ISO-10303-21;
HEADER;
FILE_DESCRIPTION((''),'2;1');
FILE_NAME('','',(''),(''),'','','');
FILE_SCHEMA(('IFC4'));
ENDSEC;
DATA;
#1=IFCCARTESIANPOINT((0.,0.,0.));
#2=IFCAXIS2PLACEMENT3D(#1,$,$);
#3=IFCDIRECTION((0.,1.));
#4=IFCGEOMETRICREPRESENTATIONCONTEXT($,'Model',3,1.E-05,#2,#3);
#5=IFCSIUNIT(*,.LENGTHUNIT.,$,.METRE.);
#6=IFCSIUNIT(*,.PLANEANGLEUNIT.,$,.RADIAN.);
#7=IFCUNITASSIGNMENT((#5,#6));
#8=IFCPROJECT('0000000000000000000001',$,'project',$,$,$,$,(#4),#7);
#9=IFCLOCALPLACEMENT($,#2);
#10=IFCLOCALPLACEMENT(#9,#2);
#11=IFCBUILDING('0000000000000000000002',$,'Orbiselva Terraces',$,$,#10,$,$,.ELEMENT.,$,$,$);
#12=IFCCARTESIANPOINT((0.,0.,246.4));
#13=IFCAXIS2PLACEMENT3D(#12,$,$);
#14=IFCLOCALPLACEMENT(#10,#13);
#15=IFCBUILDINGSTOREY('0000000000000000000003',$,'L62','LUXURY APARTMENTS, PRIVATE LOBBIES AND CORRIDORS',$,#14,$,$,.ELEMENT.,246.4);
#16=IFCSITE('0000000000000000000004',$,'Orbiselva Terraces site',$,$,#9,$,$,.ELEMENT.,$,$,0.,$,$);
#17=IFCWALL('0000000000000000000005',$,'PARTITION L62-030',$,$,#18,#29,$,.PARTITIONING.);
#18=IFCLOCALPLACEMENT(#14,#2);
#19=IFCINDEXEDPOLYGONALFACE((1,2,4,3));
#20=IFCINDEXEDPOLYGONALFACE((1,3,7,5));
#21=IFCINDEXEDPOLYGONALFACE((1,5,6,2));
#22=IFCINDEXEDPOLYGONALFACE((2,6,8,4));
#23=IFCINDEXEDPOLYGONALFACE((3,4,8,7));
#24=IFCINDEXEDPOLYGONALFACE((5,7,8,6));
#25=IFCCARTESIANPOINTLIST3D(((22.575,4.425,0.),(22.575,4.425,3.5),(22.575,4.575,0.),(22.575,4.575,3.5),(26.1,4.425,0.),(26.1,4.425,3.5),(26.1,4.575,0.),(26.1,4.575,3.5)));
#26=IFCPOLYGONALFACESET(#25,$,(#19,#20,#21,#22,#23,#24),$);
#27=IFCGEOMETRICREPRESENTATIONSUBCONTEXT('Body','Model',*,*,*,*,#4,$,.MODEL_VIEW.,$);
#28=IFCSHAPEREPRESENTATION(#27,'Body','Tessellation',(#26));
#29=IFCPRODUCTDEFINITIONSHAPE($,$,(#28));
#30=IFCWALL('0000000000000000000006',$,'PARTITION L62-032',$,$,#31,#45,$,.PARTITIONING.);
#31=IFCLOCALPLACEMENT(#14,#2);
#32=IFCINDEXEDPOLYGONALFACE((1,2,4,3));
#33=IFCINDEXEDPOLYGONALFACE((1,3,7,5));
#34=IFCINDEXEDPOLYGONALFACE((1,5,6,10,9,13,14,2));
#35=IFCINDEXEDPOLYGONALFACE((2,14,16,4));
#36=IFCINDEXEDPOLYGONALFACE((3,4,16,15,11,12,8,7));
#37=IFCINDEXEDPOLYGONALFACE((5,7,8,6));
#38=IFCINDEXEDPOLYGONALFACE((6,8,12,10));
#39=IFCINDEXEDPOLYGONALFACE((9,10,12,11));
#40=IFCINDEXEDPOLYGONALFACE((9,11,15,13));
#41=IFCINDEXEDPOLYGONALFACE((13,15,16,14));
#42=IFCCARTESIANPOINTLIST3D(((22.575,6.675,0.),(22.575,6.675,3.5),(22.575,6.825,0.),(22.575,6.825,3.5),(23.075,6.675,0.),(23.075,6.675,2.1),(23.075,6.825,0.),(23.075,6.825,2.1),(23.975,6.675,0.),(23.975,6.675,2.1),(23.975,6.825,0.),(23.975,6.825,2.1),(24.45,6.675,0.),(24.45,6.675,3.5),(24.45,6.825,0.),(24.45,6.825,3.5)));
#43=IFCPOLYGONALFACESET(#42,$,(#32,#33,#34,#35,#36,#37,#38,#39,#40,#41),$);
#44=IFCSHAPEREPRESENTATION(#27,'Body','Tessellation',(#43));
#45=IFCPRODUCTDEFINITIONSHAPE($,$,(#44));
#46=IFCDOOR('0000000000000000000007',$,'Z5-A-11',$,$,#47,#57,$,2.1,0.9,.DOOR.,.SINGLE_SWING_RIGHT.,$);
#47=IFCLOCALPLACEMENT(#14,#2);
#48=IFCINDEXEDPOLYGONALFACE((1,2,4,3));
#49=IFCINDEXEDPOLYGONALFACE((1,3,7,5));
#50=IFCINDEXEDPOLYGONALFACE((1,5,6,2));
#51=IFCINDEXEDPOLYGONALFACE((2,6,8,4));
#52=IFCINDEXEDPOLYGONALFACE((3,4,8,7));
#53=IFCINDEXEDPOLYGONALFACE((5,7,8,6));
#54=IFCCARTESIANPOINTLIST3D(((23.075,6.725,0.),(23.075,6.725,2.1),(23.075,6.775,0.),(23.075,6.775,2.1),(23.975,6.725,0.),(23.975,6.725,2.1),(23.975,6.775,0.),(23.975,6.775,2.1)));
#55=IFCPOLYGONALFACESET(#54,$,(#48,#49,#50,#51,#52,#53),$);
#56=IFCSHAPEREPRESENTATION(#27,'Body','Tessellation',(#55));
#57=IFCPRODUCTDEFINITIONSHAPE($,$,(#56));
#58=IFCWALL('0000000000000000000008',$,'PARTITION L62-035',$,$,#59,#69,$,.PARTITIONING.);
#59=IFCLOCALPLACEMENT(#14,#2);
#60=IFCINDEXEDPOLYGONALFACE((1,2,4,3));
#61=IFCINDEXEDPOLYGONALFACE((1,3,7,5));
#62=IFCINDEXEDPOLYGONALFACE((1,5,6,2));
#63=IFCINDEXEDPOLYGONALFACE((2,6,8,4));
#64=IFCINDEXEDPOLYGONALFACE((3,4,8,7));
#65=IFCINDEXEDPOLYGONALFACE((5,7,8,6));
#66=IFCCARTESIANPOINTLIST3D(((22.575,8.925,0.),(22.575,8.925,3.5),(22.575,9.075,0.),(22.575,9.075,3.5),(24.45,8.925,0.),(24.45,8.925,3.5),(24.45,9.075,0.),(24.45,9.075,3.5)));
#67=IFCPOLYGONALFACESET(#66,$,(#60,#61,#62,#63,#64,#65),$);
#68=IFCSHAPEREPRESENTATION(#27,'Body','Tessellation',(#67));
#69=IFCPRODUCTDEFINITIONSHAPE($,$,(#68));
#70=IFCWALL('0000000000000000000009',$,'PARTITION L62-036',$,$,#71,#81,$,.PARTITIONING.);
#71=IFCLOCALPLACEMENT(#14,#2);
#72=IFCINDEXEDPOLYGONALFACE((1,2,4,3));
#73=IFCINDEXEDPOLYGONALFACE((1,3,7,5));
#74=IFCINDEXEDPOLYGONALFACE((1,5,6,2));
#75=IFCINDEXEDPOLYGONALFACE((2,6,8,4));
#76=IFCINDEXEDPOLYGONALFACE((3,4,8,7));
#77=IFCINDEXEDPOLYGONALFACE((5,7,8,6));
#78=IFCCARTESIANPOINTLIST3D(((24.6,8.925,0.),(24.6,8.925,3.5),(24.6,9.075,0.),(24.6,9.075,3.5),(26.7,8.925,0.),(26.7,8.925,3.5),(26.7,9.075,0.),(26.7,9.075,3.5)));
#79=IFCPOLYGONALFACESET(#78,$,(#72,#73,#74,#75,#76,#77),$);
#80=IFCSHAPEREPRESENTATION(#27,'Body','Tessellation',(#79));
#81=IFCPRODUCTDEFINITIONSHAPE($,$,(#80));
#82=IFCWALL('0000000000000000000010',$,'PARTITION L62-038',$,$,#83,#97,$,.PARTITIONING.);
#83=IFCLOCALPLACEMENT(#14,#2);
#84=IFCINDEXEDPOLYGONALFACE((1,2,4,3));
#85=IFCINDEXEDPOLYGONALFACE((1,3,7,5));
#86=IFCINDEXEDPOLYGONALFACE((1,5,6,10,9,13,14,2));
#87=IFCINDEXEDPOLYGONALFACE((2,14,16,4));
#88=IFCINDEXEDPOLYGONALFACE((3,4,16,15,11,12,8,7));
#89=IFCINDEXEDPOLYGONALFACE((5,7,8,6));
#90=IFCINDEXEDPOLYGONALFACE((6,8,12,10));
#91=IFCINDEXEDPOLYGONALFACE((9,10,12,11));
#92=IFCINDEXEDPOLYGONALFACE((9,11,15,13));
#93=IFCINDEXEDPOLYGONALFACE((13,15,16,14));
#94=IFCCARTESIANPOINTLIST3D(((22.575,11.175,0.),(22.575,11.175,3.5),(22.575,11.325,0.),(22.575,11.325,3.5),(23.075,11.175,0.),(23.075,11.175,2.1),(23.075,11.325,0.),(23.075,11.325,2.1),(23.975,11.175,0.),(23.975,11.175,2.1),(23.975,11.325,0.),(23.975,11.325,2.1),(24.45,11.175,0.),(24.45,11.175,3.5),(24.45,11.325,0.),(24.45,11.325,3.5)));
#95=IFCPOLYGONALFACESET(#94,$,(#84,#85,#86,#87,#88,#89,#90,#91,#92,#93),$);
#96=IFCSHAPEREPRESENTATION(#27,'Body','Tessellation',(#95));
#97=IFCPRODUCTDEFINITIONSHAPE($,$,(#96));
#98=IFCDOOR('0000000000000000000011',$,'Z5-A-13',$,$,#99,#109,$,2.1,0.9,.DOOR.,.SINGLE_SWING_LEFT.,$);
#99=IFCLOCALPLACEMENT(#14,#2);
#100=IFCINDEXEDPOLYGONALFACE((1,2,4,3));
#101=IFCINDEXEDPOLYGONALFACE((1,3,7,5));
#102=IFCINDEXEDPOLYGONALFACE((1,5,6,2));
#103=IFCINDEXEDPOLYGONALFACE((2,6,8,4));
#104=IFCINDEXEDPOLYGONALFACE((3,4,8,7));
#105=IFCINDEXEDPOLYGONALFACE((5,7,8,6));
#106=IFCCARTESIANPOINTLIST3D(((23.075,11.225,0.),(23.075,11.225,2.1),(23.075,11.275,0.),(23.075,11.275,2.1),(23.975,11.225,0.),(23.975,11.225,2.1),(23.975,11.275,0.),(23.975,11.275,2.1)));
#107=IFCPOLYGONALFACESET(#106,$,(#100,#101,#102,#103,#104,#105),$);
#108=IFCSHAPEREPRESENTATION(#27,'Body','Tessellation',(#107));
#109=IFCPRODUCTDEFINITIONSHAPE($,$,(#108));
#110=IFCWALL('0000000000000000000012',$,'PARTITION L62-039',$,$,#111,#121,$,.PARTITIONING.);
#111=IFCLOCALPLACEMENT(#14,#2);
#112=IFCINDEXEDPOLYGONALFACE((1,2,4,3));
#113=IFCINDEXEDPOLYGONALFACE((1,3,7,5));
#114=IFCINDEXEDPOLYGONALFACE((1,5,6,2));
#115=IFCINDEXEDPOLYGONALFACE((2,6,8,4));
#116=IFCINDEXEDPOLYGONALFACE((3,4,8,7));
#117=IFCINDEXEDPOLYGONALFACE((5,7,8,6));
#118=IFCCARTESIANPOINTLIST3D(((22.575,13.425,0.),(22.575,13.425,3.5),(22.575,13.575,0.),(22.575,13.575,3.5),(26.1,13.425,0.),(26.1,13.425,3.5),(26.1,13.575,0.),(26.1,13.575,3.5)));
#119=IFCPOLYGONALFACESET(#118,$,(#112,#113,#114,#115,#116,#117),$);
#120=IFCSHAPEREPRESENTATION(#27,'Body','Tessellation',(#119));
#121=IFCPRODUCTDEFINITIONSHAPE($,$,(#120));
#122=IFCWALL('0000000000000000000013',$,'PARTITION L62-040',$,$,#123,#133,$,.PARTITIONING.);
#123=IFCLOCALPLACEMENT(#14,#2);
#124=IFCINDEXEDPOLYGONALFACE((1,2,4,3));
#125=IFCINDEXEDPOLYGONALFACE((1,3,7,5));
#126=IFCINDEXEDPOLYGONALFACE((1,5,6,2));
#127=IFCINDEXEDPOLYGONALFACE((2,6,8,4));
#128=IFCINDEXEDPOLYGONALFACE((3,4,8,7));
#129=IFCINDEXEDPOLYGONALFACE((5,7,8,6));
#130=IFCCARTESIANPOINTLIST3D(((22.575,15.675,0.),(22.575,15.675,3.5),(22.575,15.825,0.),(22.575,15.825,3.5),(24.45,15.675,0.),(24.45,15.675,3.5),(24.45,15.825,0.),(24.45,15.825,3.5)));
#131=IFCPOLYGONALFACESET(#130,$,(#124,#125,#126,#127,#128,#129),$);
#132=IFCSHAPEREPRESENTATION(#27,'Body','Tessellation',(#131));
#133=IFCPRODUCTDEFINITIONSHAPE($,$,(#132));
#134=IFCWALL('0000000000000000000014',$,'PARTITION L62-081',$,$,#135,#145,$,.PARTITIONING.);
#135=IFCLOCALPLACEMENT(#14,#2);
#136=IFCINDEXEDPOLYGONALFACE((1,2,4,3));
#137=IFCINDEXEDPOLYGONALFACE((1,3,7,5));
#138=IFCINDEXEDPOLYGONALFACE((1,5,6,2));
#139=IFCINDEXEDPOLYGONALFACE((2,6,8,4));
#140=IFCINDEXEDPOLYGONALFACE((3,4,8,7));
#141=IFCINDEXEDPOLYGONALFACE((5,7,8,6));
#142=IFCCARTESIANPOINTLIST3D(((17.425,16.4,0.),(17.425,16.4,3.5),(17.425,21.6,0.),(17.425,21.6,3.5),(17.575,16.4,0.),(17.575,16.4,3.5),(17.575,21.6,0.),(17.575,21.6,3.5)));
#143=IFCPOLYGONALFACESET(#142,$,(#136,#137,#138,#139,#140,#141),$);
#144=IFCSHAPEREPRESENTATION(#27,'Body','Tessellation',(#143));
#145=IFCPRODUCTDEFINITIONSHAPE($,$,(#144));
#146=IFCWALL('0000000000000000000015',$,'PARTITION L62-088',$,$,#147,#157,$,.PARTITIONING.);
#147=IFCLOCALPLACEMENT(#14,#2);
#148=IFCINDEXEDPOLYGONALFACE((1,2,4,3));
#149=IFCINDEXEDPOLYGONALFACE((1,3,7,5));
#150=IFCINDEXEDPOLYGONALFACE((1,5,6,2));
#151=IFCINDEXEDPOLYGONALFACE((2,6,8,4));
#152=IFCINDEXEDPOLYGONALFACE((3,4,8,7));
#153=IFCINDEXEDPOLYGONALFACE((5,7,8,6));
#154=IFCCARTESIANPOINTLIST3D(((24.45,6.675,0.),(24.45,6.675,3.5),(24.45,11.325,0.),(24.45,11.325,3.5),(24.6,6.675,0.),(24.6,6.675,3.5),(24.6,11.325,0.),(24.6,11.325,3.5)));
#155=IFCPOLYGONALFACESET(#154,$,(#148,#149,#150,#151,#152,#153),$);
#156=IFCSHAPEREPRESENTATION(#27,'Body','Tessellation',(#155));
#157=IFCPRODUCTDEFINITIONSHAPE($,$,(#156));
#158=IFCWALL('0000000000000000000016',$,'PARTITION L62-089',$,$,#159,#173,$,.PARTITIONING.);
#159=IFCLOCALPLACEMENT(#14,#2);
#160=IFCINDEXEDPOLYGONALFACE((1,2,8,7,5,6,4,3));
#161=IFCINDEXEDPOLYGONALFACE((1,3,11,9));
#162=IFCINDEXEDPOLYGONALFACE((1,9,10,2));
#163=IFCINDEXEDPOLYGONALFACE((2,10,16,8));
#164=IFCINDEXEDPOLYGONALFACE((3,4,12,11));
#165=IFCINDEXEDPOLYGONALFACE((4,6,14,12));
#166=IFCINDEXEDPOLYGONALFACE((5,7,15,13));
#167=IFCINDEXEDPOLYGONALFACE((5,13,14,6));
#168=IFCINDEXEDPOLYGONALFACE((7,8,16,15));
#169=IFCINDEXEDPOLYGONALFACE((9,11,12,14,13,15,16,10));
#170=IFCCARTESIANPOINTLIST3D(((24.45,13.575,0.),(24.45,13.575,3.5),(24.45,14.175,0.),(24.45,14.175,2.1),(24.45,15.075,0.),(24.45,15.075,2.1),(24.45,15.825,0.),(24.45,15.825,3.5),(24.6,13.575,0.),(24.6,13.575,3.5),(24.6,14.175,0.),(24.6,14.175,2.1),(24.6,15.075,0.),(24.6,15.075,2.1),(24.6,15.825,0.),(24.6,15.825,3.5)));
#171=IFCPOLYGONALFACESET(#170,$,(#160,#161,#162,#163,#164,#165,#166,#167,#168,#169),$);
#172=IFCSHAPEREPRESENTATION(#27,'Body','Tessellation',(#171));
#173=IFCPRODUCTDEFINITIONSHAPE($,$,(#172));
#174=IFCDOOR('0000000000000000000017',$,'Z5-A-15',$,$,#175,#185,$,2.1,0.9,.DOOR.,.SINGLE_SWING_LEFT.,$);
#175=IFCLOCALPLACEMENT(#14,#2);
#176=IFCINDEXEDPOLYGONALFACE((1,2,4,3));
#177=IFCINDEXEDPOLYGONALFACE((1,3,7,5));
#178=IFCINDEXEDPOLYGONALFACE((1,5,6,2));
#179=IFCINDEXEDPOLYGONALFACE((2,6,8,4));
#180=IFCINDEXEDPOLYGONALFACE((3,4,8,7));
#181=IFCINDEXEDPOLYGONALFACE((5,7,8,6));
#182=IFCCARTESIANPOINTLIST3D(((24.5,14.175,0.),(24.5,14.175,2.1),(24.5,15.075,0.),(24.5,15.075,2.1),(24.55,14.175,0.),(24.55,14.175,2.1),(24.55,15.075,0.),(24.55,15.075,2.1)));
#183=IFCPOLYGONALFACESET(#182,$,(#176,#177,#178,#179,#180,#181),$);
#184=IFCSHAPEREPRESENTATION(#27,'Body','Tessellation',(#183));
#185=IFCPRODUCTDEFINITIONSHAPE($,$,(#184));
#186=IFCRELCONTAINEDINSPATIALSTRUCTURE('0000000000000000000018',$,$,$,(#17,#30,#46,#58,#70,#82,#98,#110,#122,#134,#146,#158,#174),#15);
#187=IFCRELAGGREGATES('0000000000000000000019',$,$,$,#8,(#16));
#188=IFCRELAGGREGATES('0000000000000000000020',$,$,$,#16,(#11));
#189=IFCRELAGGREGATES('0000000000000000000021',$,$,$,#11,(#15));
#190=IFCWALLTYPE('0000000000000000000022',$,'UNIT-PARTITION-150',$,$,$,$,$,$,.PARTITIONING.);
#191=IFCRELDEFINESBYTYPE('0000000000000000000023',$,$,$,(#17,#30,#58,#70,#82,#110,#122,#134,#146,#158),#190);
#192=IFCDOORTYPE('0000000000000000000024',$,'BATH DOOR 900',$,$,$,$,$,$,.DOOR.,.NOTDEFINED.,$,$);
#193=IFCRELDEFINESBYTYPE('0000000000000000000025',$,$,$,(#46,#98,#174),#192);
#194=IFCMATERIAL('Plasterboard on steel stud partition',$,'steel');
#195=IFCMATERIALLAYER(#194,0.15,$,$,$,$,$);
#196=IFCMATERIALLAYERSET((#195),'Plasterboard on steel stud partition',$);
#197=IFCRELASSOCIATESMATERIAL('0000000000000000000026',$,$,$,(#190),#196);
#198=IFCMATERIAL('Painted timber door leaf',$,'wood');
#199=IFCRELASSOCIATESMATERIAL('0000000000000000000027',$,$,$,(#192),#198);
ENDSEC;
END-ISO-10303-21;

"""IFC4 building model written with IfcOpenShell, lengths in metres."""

from ifc_helpers import new_model, si_unit, direction, frame, frame_2d, origin, place, context, subcontext, project, spatial, rectangle, extrude, material, layer, layer_set, type_object, element, fill, save


model = new_model("IFC4")

# Units and contexts
model_context = context("Model", 3, precision=1e-05, world=origin(), true_north=direction((0.0, 1.0)))
body_context = subcontext(model_context, "Body", "Model", "MODEL_VIEW")
ifc_project = project(units=[si_unit("LENGTHUNIT", "METRE"), si_unit("PLANEANGLEUNIT", "RADIAN")], contexts=[model_context])

# Site, building, storey
site_placement = place(None, origin())
site = spatial("IfcSite", under=ifc_project, at=site_placement, Name="Orbiselva Terraces site", CompositionType="ELEMENT", RefElevation=0.0)
building_placement = place(site_placement, origin())
building = spatial("IfcBuilding", under=site, at=building_placement, Name="Orbiselva Terraces", CompositionType="ELEMENT")
storey_placement = place(building_placement, frame((0.0, 0.0, 246.4)))
storey = spatial("IfcBuildingStorey", under=building, at=storey_placement, Name="L62", Description="LUXURY APARTMENTS, PRIVATE LOBBIES AND CORRIDORS", CompositionType="ELEMENT", Elevation=246.4)

# Shared definitions
ifc_material_1 = material(Name="Plasterboard on steel stud partition", Category="steel")
ifc_material_2 = material(Name="Painted timber door leaf", Category="wood")

# Wall
ifc_layer_1 = layer(ifc_material_1, 0.15)
ifc_layer_set_1 = layer_set([ifc_layer_1], Name="Plasterboard on steel stud partition")
wall_type_1 = type_object("IfcWallType", Name="UNIT-PARTITION-150", PredefinedType="PARTITIONING", material=ifc_layer_set_1)
wall_1_placement = place(storey_placement, frame((22.575, 4.5, 0.0), z_axis=(0.0, 0.0, 1.0), x_axis=(1.0, 0.0, 0.0)))
element("IfcWall", 1, at=wall_1_placement, inside=storey, type_object=wall_type_1, Name="PARTITION L62-030", PredefinedType="PARTITIONING", context=body_context, shape_type="SweptSolid", body=[
    extrude(rectangle(XDim=3.525, YDim=0.15, at=frame_2d((1.7625, 0.0))), origin(), (0.0, 0.0, 1.0), 3.5),
])

# Wall, opening, door
wall_2_placement = place(storey_placement, frame((22.575, 6.75, 0.0), z_axis=(0.0, 0.0, 1.0), x_axis=(1.0, 0.0, 0.0)))
wall_2 = element("IfcWall", 2, at=wall_2_placement, inside=storey, type_object=wall_type_1, Name="PARTITION L62-032", PredefinedType="PARTITIONING", context=body_context, shape_type="SweptSolid", body=[
    extrude(rectangle(XDim=1.875, YDim=0.15, at=frame_2d((0.9375, 0.0))), origin(), (0.0, 0.0, 1.0), 3.5),
])
opening_1_placement = place(wall_2_placement, frame((0.5, 0.0, 0.0)))
opening_1 = element("IfcOpeningElement", 3, at=opening_1_placement, cuts=wall_2, PredefinedType="OPENING", context=body_context, shape_type="SweptSolid", body=[
    extrude(rectangle(XDim=0.9, YDim=2.1, at=frame_2d((0.45, 1.05))), frame((0.0, 0.085, 0.0), z_axis=(0.0, -1.0, 0.0), x_axis=(1.0, 0.0, 0.0)), (0.0, 0.0, 1.0), 0.17),
])
door_type_1 = type_object("IfcDoorType", Name="BATH DOOR 900", OperationType="NOTDEFINED", PredefinedType="DOOR", material=ifc_material_2)
door_1_placement = place(opening_1_placement, origin())
door_1 = element("IfcDoor", 4, at=door_1_placement, inside=storey, type_object=door_type_1, Name="Z5-A-11", OperationType="SINGLE_SWING_RIGHT", OverallHeight=2.1, OverallWidth=0.9, PredefinedType="DOOR", context=body_context, shape_type="SweptSolid", body=[
    extrude(rectangle(XDim=0.9, YDim=2.1, at=frame_2d((0.45, 1.05))), frame((0.0, 0.025, 0.0), z_axis=(0.0, -1.0, 0.0), x_axis=(1.0, 0.0, 0.0)), (0.0, 0.0, 1.0), 0.05),
])
fill(opening_1, door_1)

# Walls
wall_3_placement = place(storey_placement, frame((22.575, 9.0, 0.0), z_axis=(0.0, 0.0, 1.0), x_axis=(1.0, 0.0, 0.0)))
element("IfcWall", 5, at=wall_3_placement, inside=storey, type_object=wall_type_1, Name="PARTITION L62-035", PredefinedType="PARTITIONING", context=body_context, shape_type="SweptSolid", body=[
    extrude(rectangle(XDim=1.875, YDim=0.15, at=frame_2d((0.9375, 0.0))), origin(), (0.0, 0.0, 1.0), 3.5),
])
wall_4_placement = place(storey_placement, frame((24.6, 9.0, 0.0), z_axis=(0.0, 0.0, 1.0), x_axis=(1.0, 0.0, 0.0)))
element("IfcWall", 6, at=wall_4_placement, inside=storey, type_object=wall_type_1, Name="PARTITION L62-036", PredefinedType="PARTITIONING", context=body_context, shape_type="SweptSolid", body=[
    extrude(rectangle(XDim=2.1, YDim=0.15, at=frame_2d((1.05, 0.0))), origin(), (0.0, 0.0, 1.0), 3.5),
])

# Wall, opening, door
wall_5_placement = place(storey_placement, frame((24.45, 11.25, 0.0), z_axis=(0.0, 0.0, 1.0), x_axis=(-1.0, 0.0, 0.0)))
wall_5 = element("IfcWall", 7, at=wall_5_placement, inside=storey, type_object=wall_type_1, Name="PARTITION L62-038", PredefinedType="PARTITIONING", context=body_context, shape_type="SweptSolid", body=[
    extrude(rectangle(XDim=1.875, YDim=0.15, at=frame_2d((0.9375, 0.0))), origin(), (0.0, 0.0, 1.0), 3.5),
])
opening_2_placement = place(wall_5_placement, frame((0.475, 0.0, 0.0)))
opening_2 = element("IfcOpeningElement", 8, at=opening_2_placement, cuts=wall_5, PredefinedType="OPENING", context=body_context, shape_type="SweptSolid", body=[
    extrude(rectangle(XDim=0.9, YDim=2.1, at=frame_2d((0.45, 1.05))), frame((0.0, 0.085, 0.0), z_axis=(0.0, -1.0, 0.0), x_axis=(1.0, 0.0, 0.0)), (0.0, 0.0, 1.0), 0.17),
])
door_2_placement = place(opening_2_placement, origin())
door_2 = element("IfcDoor", 9, at=door_2_placement, inside=storey, type_object=door_type_1, Name="Z5-A-13", OperationType="SINGLE_SWING_LEFT", OverallHeight=2.1, OverallWidth=0.9, PredefinedType="DOOR", context=body_context, shape_type="SweptSolid", body=[
    extrude(rectangle(XDim=0.9, YDim=2.1, at=frame_2d((0.45, 1.05))), frame((0.0, 0.025, 0.0), z_axis=(0.0, -1.0, 0.0), x_axis=(1.0, 0.0, 0.0)), (0.0, 0.0, 1.0), 0.05),
])
fill(opening_2, door_2)

# Walls
wall_6_placement = place(storey_placement, frame((22.575, 13.5, 0.0), z_axis=(0.0, 0.0, 1.0), x_axis=(1.0, 0.0, 0.0)))
element("IfcWall", 10, at=wall_6_placement, inside=storey, type_object=wall_type_1, Name="PARTITION L62-039", PredefinedType="PARTITIONING", context=body_context, shape_type="SweptSolid", body=[
    extrude(rectangle(XDim=3.525, YDim=0.15, at=frame_2d((1.7625, 0.0))), origin(), (0.0, 0.0, 1.0), 3.5),
])
wall_7_placement = place(storey_placement, frame((22.575, 15.75, 0.0), z_axis=(0.0, 0.0, 1.0), x_axis=(1.0, 0.0, 0.0)))
element("IfcWall", 11, at=wall_7_placement, inside=storey, type_object=wall_type_1, Name="PARTITION L62-040", PredefinedType="PARTITIONING", context=body_context, shape_type="SweptSolid", body=[
    extrude(rectangle(XDim=1.875, YDim=0.15, at=frame_2d((0.9375, 0.0))), origin(), (0.0, 0.0, 1.0), 3.5),
])
wall_8_placement = place(storey_placement, frame((17.5, 16.4, 0.0), z_axis=(0.0, 0.0, 1.0), x_axis=(0.0, 1.0, 0.0)))
element("IfcWall", 12, at=wall_8_placement, inside=storey, type_object=wall_type_1, Name="PARTITION L62-081", PredefinedType="PARTITIONING", context=body_context, shape_type="SweptSolid", body=[
    extrude(rectangle(XDim=5.2, YDim=0.15, at=frame_2d((2.6, 0.0))), origin(), (0.0, 0.0, 1.0), 3.5),
])
wall_9_placement = place(storey_placement, frame((24.525, 6.675, 0.0), z_axis=(0.0, 0.0, 1.0), x_axis=(0.0, 1.0, 0.0)))
element("IfcWall", 13, at=wall_9_placement, inside=storey, type_object=wall_type_1, Name="PARTITION L62-088", PredefinedType="PARTITIONING", context=body_context, shape_type="SweptSolid", body=[
    extrude(rectangle(XDim=4.65, YDim=0.15, at=frame_2d((2.325, 0.0))), origin(), (0.0, 0.0, 1.0), 3.5),
])

# Wall, opening, door
wall_10_placement = place(storey_placement, frame((24.525, 13.575, 0.0), z_axis=(0.0, 0.0, 1.0), x_axis=(0.0, 1.0, 0.0)))
wall_10 = element("IfcWall", 14, at=wall_10_placement, inside=storey, type_object=wall_type_1, Name="PARTITION L62-089", PredefinedType="PARTITIONING", context=body_context, shape_type="SweptSolid", body=[
    extrude(rectangle(XDim=2.25, YDim=0.15, at=frame_2d((1.125, 0.0))), origin(), (0.0, 0.0, 1.0), 3.5),
])
opening_3_placement = place(wall_10_placement, frame((0.6, 0.0, 0.0)))
opening_3 = element("IfcOpeningElement", 15, at=opening_3_placement, cuts=wall_10, PredefinedType="OPENING", context=body_context, shape_type="SweptSolid", body=[
    extrude(rectangle(XDim=0.9, YDim=2.1, at=frame_2d((0.45, 1.05))), frame((0.0, 0.085, 0.0), z_axis=(0.0, -1.0, 0.0), x_axis=(1.0, 0.0, 0.0)), (0.0, 0.0, 1.0), 0.17),
])
door_3_placement = place(opening_3_placement, origin())
door_3 = element("IfcDoor", 16, at=door_3_placement, inside=storey, type_object=door_type_1, Name="Z5-A-15", OperationType="SINGLE_SWING_LEFT", OverallHeight=2.1, OverallWidth=0.9, PredefinedType="DOOR", context=body_context, shape_type="SweptSolid", body=[
    extrude(rectangle(XDim=0.9, YDim=2.1, at=frame_2d((0.45, 1.05))), frame((0.0, 0.025, 0.0), z_axis=(0.0, -1.0, 0.0), x_axis=(1.0, 0.0, 0.0)), (0.0, 0.0, 1.0), 0.05),
])
fill(opening_3, door_3)

save(model, "model.ifc")
